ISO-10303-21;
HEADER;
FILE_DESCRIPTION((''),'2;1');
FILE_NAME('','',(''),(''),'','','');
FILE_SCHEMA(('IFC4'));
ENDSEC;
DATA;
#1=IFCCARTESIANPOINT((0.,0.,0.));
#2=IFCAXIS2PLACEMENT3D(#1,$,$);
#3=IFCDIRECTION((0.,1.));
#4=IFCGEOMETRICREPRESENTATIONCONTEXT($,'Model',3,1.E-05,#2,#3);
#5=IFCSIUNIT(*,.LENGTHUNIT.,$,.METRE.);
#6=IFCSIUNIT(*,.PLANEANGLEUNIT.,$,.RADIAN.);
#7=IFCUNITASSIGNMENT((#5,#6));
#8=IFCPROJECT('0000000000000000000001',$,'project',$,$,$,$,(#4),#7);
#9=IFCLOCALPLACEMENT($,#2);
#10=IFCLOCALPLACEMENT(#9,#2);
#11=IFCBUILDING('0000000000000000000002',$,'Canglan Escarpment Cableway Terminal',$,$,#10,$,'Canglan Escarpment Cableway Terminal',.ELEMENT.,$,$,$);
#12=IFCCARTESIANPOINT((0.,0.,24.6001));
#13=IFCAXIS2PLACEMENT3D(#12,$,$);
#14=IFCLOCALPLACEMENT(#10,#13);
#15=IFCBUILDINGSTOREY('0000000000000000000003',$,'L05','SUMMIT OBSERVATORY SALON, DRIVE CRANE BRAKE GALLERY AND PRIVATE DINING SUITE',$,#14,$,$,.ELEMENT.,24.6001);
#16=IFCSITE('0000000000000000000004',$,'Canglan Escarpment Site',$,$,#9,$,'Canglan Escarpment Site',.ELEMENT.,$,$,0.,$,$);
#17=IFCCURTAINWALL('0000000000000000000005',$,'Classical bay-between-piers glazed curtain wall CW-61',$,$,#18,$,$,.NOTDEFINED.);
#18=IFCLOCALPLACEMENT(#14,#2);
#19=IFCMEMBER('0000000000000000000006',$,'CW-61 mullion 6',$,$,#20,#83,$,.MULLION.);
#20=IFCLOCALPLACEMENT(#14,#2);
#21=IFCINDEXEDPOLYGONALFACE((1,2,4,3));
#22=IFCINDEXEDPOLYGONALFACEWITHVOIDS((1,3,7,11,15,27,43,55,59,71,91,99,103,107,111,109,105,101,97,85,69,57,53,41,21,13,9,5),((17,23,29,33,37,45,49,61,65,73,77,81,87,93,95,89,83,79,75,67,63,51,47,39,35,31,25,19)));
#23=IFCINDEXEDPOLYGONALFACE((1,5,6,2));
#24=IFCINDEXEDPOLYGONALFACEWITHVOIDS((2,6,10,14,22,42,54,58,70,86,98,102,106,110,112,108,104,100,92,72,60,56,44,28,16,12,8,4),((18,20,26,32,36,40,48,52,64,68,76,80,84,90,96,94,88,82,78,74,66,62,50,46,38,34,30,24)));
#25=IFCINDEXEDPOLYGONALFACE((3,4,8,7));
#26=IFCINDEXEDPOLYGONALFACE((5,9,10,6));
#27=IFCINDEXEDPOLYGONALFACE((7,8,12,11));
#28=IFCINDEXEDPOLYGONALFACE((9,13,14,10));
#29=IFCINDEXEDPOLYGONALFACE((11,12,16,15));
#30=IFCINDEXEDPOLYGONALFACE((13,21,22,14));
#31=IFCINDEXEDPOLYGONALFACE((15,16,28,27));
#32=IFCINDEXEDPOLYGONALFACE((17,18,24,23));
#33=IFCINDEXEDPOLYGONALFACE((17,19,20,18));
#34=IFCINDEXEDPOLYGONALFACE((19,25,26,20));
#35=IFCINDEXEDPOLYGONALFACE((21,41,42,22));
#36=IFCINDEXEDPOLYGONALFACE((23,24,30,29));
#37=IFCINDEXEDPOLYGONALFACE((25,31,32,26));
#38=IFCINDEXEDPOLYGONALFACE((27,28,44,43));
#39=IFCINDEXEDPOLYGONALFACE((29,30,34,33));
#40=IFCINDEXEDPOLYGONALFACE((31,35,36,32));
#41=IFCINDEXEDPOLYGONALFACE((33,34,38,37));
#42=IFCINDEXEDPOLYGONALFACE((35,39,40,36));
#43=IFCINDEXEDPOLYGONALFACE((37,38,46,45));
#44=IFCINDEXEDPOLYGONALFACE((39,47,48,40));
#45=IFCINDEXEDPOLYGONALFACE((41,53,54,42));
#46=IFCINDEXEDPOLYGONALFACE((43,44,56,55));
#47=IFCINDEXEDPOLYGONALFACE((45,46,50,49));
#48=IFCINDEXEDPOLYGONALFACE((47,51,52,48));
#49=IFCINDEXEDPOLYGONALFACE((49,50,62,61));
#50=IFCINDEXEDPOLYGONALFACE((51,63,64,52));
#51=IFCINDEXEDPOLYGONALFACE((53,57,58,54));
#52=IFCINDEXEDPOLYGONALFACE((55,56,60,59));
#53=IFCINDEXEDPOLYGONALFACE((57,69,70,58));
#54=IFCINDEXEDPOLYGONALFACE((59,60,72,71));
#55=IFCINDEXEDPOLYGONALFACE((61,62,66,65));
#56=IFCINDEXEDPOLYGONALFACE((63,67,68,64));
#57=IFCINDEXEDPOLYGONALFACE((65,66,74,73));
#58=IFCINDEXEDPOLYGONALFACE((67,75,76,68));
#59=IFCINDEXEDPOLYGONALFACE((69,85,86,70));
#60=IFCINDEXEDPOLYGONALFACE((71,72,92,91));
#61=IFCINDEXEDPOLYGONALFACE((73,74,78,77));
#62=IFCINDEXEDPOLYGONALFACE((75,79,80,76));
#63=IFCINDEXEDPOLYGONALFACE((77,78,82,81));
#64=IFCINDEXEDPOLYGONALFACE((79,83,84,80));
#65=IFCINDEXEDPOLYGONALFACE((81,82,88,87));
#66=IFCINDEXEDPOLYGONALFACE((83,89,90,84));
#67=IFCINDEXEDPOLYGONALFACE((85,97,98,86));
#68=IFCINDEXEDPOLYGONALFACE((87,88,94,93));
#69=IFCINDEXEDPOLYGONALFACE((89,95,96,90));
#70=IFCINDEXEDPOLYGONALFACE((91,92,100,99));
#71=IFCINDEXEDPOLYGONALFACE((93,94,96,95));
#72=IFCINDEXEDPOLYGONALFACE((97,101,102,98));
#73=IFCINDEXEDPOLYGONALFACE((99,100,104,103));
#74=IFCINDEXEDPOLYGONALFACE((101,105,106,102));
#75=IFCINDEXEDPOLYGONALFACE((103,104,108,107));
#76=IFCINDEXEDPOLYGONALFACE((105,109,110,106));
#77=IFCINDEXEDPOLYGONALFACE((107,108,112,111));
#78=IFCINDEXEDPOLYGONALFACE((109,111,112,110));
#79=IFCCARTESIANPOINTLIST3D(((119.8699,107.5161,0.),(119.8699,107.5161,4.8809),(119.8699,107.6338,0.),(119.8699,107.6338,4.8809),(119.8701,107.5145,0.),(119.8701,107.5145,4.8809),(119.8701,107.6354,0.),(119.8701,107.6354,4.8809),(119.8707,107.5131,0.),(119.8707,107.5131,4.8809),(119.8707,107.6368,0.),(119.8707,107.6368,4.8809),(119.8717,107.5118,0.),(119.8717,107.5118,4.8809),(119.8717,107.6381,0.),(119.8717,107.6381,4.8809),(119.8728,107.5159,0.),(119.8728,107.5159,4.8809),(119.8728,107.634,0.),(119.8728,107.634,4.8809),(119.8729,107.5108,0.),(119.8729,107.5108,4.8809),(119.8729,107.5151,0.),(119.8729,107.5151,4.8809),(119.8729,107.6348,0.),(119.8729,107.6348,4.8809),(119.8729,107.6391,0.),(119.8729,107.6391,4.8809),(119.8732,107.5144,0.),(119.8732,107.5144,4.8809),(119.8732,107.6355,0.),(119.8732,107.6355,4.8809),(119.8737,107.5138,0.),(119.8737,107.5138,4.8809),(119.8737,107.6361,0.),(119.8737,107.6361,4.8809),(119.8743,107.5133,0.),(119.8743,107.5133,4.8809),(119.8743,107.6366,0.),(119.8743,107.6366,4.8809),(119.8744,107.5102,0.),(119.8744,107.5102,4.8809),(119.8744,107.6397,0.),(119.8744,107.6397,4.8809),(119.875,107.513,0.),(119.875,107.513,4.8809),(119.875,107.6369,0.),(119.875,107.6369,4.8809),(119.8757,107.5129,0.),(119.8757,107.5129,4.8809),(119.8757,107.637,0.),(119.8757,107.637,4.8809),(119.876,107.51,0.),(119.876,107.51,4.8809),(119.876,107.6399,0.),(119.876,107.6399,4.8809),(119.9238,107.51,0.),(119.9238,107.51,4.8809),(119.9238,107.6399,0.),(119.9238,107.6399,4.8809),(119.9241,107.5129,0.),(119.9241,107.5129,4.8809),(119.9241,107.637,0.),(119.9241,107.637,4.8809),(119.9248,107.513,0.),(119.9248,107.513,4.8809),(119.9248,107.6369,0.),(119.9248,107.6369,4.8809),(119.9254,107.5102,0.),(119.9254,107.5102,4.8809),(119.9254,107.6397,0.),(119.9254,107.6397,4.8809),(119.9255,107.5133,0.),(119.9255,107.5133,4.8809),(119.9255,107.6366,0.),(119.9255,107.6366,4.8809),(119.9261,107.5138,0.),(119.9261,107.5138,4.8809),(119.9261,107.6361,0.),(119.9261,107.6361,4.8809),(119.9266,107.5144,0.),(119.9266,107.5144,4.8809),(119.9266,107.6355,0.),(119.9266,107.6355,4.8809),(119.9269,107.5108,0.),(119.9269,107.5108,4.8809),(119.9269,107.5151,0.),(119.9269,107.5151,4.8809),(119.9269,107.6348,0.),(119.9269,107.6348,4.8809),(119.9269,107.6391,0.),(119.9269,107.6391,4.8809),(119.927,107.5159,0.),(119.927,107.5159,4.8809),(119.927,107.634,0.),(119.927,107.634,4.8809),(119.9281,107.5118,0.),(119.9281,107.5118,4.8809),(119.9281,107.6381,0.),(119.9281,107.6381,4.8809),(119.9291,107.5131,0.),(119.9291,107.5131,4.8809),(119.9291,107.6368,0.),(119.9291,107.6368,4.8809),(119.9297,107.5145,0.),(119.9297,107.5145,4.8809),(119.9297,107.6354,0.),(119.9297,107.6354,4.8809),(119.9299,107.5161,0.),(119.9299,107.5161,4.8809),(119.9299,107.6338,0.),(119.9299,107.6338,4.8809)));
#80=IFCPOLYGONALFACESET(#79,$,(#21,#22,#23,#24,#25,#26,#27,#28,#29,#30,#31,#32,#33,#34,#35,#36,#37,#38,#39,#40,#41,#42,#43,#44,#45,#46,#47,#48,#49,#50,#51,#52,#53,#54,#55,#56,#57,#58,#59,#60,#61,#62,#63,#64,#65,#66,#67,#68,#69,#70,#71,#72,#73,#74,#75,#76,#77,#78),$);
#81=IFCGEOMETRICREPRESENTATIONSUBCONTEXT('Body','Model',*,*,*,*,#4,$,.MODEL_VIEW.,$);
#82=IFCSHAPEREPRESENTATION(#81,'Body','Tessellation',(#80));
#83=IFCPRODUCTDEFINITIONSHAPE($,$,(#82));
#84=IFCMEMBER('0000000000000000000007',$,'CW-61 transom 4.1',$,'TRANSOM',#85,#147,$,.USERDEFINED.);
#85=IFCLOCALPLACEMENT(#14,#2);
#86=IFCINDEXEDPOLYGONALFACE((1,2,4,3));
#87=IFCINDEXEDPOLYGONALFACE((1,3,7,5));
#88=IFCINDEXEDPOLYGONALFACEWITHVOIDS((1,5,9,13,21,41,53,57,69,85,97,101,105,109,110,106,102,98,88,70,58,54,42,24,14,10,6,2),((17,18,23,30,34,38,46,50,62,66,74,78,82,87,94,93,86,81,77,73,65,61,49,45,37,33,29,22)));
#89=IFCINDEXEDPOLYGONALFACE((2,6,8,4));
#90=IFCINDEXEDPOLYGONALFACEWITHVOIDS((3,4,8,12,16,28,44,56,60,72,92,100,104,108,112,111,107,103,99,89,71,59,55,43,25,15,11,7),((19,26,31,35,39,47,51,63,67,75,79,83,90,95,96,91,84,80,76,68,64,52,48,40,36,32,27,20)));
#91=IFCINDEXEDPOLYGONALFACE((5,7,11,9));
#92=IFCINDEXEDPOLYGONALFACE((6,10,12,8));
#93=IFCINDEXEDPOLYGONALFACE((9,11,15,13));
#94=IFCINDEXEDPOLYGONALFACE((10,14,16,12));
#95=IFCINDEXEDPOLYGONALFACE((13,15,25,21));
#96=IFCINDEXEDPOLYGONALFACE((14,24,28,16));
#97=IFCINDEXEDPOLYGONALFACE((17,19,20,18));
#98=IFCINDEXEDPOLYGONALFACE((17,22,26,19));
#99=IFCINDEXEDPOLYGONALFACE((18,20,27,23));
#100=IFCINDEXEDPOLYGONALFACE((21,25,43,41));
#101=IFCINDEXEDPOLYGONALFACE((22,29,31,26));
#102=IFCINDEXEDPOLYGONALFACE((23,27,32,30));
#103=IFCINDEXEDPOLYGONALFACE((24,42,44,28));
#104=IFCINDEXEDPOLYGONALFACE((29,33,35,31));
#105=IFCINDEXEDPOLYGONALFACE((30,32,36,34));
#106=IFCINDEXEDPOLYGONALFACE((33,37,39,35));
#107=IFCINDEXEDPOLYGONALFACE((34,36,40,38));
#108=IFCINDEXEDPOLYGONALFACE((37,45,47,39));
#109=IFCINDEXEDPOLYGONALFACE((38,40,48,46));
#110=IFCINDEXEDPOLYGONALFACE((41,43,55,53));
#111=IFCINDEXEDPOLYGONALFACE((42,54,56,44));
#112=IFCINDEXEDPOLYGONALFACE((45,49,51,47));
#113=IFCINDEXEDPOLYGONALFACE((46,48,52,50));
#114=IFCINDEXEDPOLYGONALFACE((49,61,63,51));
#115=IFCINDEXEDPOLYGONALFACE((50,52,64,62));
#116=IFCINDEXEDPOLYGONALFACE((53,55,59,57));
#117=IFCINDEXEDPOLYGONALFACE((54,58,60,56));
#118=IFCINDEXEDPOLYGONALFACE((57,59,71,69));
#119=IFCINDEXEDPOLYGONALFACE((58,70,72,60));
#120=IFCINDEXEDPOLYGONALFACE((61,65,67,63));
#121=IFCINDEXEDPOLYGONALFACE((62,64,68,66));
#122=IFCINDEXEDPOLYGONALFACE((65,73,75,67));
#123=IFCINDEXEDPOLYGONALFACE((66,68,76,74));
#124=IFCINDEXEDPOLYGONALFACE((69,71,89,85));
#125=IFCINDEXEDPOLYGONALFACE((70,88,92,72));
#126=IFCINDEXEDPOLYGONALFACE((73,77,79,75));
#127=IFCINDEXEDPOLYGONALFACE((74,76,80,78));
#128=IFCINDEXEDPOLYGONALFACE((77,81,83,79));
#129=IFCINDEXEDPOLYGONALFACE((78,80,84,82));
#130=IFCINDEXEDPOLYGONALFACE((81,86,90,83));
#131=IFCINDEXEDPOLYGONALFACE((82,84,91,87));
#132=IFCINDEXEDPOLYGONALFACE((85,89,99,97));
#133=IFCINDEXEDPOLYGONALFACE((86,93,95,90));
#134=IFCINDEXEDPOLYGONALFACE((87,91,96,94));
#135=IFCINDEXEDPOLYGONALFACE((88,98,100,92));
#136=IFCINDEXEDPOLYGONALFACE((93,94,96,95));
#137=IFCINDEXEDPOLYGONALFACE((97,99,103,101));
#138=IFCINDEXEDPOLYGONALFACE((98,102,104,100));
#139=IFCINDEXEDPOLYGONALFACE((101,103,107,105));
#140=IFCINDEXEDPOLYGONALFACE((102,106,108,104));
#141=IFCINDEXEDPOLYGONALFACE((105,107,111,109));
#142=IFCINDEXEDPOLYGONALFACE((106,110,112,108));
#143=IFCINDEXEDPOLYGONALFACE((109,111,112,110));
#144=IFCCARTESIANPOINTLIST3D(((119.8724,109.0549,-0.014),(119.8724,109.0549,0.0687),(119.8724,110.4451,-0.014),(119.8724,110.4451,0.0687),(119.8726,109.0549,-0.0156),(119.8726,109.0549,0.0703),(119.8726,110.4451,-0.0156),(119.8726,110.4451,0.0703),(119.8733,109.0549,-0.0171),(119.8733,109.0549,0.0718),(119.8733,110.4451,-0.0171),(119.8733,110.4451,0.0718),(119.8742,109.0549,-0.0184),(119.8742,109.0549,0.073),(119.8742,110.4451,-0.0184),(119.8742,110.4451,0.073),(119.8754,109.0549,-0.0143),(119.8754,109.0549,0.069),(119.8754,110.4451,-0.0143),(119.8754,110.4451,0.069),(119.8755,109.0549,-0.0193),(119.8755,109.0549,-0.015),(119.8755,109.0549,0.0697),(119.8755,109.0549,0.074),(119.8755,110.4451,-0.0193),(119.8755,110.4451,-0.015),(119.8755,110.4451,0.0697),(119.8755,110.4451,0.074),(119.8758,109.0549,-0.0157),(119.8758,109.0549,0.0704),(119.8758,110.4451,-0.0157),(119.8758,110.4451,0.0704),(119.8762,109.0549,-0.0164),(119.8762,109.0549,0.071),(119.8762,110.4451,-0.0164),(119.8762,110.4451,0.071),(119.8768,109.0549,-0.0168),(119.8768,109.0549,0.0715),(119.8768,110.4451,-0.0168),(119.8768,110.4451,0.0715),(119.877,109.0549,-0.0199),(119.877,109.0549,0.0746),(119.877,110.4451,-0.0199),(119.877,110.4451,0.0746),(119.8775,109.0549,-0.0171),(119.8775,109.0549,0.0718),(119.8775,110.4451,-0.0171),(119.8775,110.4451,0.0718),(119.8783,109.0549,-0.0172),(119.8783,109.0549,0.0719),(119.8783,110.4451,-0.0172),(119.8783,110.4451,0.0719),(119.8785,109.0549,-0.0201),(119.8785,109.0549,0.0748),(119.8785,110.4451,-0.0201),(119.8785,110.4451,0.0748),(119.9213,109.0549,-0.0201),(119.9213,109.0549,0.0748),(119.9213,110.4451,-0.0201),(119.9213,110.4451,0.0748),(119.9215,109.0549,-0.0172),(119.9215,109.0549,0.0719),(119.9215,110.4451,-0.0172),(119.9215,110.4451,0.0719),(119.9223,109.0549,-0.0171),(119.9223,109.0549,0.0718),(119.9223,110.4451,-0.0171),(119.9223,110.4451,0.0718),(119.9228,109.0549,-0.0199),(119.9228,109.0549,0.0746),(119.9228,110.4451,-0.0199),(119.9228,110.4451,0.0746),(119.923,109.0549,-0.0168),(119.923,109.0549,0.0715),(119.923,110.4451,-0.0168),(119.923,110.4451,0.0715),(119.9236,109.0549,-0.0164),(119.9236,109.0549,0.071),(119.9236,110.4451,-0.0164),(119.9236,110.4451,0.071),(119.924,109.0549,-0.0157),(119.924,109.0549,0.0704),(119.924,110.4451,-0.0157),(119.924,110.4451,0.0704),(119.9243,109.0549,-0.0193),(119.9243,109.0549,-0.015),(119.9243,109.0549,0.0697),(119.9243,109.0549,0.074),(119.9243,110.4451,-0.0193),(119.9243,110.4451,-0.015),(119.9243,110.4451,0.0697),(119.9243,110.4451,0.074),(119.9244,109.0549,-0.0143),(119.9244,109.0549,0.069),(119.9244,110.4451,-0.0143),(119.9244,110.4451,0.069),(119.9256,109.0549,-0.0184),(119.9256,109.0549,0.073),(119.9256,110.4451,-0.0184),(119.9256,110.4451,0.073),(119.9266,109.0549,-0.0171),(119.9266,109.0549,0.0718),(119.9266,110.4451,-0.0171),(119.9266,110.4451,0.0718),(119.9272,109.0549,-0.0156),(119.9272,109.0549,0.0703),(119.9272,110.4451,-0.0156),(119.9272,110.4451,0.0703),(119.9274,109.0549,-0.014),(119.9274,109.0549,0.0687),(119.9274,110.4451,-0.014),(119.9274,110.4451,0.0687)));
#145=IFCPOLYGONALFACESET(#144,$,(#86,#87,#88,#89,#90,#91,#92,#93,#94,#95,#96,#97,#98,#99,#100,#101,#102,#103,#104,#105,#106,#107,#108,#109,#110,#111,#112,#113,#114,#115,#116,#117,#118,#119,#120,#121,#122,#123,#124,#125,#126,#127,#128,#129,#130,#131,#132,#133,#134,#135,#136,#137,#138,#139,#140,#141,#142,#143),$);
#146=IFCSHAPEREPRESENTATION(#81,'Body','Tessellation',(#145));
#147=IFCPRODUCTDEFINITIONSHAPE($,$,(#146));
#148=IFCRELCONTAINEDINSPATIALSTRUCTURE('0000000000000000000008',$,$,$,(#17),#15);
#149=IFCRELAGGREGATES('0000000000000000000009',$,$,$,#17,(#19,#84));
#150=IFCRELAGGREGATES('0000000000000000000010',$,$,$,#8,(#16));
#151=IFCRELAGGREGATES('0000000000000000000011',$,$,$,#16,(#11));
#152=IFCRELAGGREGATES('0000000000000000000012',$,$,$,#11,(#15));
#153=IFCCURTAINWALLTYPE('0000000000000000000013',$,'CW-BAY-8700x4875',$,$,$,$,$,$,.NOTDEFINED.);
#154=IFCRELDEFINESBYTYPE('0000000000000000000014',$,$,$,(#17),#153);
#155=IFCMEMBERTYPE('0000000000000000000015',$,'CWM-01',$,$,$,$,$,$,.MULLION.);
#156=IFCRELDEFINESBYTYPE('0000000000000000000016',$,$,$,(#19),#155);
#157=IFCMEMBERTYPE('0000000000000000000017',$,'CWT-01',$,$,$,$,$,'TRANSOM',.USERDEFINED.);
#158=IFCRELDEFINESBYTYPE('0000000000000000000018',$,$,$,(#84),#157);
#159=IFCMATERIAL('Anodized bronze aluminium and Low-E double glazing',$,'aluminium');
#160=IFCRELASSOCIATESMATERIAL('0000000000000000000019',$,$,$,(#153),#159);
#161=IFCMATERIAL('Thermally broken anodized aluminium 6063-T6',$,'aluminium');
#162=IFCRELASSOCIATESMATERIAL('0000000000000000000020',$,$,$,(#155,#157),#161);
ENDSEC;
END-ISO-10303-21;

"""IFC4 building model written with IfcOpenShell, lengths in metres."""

from ifc_helpers import new_model, si_unit, direction, frame, origin, origin_2d, place, context, subcontext, project, spatial, hollow_rectangle, extrude, material, material_profile, profile_set, type_object, element, aggregate, save


model = new_model("IFC4")

# Units and contexts
model_context = context("Model", 3, precision=1e-05, world=origin(), true_north=direction((0.0, 1.0)))
body_context = subcontext(model_context, "Body", "Model", "MODEL_VIEW")
ifc_project = project(units=[si_unit("LENGTHUNIT", "METRE"), si_unit("PLANEANGLEUNIT", "RADIAN")], contexts=[model_context])

# Site, building, storey
site_placement = place(None, origin())
site = spatial("IfcSite", under=ifc_project, at=site_placement, Name="Canglan Escarpment Site", LongName="Canglan Escarpment Site", CompositionType="ELEMENT", RefElevation=0.0)
building_placement = place(site_placement, origin())
building = spatial("IfcBuilding", under=site, at=building_placement, Name="Canglan Escarpment Cableway Terminal", LongName="Canglan Escarpment Cableway Terminal", CompositionType="ELEMENT")
storey_placement = place(building_placement, frame((0.0, 0.0, 24.6001)))
storey = spatial("IfcBuildingStorey", under=building, at=storey_placement, Name="L05", Description="SUMMIT OBSERVATORY SALON, DRIVE CRANE BRAKE GALLERY AND PRIVATE DINING SUITE", CompositionType="ELEMENT", Elevation=24.6001)

# Curtain wall, members
ifc_material_1 = material(Name="Anodized bronze aluminium and Low-E double glazing", Category="aluminium")
curtain_wall_type = type_object("IfcCurtainWallType", Name="CW-BAY-8700x4875", PredefinedType="NOTDEFINED", material=ifc_material_1)
curtain_wall_placement = place(storey_placement, origin())
curtain_wall = element("IfcCurtainWall", 1, at=curtain_wall_placement, inside=storey, type_object=curtain_wall_type, Name="Classical bay-between-piers glazed curtain wall CW-61", PredefinedType="NOTDEFINED")
ifc_material_2 = material(Name="Thermally broken anodized aluminium 6063-T6", Category="aluminium")
ifc_material_profile_1 = material_profile(ifc_material_2, hollow_rectangle(XDim=0.0601, YDim=0.1299, WallThickness=0.0029, InnerFilletRadius=0.0029, OuterFilletRadius=0.0061, at=origin_2d()), Name="ALU-MULL 60x130x3")
ifc_profile_set_1 = profile_set([ifc_material_profile_1], Name="Thermally broken anodized aluminium 6063-T6")
member_type_1 = type_object("IfcMemberType", Name="CWM-01", PredefinedType="MULLION", material=ifc_profile_set_1)
member_1_placement = place(storey_placement, frame((119.8999, 107.575, 0.0), z_axis=(0.0, 0.0, 1.0), x_axis=(1.0, 0.0, 0.0)))
member_1 = element("IfcMember", 2, at=member_1_placement, type_object=member_type_1, Name="CW-61 mullion 6", PredefinedType="MULLION", context=body_context, shape_type="SweptSolid", body=[
    extrude(hollow_rectangle(XDim=0.0601, YDim=0.1299, WallThickness=0.0029, InnerFilletRadius=0.0029, OuterFilletRadius=0.0061, at=origin_2d()), origin(), (0.0, 0.0, 1.0), 4.8809),
])
ifc_material_profile_2 = material_profile(ifc_material_2, hollow_rectangle(XDim=0.0549, YDim=0.095, WallThickness=0.0029, InnerFilletRadius=0.0029, OuterFilletRadius=0.0061, at=origin_2d()), Name="ALU-TRAN 55x95x3")
ifc_profile_set_2 = profile_set([ifc_material_profile_2], Name="Thermally broken anodized aluminium 6063-T6")
member_type_2 = type_object("IfcMemberType", Name="CWT-01", ElementType="TRANSOM", PredefinedType="USERDEFINED", material=ifc_profile_set_2)
member_2_placement = place(storey_placement, frame((119.8999, 110.4451, 0.0273), z_axis=(0.0, -1.0, 0.0), x_axis=(1.0, 0.0, 0.0)))
member_2 = element("IfcMember", 3, at=member_2_placement, type_object=member_type_2, Name="CW-61 transom 4.1", ObjectType="TRANSOM", PredefinedType="USERDEFINED", context=body_context, shape_type="SweptSolid", body=[
    extrude(hollow_rectangle(XDim=0.0549, YDim=0.095, WallThickness=0.0029, InnerFilletRadius=0.0029, OuterFilletRadius=0.0061, at=origin_2d()), origin(), (0.0, 0.0, 1.0), 1.3901),
])
aggregate(curtain_wall, [member_1, member_2])

save(model, "model.ifc")
